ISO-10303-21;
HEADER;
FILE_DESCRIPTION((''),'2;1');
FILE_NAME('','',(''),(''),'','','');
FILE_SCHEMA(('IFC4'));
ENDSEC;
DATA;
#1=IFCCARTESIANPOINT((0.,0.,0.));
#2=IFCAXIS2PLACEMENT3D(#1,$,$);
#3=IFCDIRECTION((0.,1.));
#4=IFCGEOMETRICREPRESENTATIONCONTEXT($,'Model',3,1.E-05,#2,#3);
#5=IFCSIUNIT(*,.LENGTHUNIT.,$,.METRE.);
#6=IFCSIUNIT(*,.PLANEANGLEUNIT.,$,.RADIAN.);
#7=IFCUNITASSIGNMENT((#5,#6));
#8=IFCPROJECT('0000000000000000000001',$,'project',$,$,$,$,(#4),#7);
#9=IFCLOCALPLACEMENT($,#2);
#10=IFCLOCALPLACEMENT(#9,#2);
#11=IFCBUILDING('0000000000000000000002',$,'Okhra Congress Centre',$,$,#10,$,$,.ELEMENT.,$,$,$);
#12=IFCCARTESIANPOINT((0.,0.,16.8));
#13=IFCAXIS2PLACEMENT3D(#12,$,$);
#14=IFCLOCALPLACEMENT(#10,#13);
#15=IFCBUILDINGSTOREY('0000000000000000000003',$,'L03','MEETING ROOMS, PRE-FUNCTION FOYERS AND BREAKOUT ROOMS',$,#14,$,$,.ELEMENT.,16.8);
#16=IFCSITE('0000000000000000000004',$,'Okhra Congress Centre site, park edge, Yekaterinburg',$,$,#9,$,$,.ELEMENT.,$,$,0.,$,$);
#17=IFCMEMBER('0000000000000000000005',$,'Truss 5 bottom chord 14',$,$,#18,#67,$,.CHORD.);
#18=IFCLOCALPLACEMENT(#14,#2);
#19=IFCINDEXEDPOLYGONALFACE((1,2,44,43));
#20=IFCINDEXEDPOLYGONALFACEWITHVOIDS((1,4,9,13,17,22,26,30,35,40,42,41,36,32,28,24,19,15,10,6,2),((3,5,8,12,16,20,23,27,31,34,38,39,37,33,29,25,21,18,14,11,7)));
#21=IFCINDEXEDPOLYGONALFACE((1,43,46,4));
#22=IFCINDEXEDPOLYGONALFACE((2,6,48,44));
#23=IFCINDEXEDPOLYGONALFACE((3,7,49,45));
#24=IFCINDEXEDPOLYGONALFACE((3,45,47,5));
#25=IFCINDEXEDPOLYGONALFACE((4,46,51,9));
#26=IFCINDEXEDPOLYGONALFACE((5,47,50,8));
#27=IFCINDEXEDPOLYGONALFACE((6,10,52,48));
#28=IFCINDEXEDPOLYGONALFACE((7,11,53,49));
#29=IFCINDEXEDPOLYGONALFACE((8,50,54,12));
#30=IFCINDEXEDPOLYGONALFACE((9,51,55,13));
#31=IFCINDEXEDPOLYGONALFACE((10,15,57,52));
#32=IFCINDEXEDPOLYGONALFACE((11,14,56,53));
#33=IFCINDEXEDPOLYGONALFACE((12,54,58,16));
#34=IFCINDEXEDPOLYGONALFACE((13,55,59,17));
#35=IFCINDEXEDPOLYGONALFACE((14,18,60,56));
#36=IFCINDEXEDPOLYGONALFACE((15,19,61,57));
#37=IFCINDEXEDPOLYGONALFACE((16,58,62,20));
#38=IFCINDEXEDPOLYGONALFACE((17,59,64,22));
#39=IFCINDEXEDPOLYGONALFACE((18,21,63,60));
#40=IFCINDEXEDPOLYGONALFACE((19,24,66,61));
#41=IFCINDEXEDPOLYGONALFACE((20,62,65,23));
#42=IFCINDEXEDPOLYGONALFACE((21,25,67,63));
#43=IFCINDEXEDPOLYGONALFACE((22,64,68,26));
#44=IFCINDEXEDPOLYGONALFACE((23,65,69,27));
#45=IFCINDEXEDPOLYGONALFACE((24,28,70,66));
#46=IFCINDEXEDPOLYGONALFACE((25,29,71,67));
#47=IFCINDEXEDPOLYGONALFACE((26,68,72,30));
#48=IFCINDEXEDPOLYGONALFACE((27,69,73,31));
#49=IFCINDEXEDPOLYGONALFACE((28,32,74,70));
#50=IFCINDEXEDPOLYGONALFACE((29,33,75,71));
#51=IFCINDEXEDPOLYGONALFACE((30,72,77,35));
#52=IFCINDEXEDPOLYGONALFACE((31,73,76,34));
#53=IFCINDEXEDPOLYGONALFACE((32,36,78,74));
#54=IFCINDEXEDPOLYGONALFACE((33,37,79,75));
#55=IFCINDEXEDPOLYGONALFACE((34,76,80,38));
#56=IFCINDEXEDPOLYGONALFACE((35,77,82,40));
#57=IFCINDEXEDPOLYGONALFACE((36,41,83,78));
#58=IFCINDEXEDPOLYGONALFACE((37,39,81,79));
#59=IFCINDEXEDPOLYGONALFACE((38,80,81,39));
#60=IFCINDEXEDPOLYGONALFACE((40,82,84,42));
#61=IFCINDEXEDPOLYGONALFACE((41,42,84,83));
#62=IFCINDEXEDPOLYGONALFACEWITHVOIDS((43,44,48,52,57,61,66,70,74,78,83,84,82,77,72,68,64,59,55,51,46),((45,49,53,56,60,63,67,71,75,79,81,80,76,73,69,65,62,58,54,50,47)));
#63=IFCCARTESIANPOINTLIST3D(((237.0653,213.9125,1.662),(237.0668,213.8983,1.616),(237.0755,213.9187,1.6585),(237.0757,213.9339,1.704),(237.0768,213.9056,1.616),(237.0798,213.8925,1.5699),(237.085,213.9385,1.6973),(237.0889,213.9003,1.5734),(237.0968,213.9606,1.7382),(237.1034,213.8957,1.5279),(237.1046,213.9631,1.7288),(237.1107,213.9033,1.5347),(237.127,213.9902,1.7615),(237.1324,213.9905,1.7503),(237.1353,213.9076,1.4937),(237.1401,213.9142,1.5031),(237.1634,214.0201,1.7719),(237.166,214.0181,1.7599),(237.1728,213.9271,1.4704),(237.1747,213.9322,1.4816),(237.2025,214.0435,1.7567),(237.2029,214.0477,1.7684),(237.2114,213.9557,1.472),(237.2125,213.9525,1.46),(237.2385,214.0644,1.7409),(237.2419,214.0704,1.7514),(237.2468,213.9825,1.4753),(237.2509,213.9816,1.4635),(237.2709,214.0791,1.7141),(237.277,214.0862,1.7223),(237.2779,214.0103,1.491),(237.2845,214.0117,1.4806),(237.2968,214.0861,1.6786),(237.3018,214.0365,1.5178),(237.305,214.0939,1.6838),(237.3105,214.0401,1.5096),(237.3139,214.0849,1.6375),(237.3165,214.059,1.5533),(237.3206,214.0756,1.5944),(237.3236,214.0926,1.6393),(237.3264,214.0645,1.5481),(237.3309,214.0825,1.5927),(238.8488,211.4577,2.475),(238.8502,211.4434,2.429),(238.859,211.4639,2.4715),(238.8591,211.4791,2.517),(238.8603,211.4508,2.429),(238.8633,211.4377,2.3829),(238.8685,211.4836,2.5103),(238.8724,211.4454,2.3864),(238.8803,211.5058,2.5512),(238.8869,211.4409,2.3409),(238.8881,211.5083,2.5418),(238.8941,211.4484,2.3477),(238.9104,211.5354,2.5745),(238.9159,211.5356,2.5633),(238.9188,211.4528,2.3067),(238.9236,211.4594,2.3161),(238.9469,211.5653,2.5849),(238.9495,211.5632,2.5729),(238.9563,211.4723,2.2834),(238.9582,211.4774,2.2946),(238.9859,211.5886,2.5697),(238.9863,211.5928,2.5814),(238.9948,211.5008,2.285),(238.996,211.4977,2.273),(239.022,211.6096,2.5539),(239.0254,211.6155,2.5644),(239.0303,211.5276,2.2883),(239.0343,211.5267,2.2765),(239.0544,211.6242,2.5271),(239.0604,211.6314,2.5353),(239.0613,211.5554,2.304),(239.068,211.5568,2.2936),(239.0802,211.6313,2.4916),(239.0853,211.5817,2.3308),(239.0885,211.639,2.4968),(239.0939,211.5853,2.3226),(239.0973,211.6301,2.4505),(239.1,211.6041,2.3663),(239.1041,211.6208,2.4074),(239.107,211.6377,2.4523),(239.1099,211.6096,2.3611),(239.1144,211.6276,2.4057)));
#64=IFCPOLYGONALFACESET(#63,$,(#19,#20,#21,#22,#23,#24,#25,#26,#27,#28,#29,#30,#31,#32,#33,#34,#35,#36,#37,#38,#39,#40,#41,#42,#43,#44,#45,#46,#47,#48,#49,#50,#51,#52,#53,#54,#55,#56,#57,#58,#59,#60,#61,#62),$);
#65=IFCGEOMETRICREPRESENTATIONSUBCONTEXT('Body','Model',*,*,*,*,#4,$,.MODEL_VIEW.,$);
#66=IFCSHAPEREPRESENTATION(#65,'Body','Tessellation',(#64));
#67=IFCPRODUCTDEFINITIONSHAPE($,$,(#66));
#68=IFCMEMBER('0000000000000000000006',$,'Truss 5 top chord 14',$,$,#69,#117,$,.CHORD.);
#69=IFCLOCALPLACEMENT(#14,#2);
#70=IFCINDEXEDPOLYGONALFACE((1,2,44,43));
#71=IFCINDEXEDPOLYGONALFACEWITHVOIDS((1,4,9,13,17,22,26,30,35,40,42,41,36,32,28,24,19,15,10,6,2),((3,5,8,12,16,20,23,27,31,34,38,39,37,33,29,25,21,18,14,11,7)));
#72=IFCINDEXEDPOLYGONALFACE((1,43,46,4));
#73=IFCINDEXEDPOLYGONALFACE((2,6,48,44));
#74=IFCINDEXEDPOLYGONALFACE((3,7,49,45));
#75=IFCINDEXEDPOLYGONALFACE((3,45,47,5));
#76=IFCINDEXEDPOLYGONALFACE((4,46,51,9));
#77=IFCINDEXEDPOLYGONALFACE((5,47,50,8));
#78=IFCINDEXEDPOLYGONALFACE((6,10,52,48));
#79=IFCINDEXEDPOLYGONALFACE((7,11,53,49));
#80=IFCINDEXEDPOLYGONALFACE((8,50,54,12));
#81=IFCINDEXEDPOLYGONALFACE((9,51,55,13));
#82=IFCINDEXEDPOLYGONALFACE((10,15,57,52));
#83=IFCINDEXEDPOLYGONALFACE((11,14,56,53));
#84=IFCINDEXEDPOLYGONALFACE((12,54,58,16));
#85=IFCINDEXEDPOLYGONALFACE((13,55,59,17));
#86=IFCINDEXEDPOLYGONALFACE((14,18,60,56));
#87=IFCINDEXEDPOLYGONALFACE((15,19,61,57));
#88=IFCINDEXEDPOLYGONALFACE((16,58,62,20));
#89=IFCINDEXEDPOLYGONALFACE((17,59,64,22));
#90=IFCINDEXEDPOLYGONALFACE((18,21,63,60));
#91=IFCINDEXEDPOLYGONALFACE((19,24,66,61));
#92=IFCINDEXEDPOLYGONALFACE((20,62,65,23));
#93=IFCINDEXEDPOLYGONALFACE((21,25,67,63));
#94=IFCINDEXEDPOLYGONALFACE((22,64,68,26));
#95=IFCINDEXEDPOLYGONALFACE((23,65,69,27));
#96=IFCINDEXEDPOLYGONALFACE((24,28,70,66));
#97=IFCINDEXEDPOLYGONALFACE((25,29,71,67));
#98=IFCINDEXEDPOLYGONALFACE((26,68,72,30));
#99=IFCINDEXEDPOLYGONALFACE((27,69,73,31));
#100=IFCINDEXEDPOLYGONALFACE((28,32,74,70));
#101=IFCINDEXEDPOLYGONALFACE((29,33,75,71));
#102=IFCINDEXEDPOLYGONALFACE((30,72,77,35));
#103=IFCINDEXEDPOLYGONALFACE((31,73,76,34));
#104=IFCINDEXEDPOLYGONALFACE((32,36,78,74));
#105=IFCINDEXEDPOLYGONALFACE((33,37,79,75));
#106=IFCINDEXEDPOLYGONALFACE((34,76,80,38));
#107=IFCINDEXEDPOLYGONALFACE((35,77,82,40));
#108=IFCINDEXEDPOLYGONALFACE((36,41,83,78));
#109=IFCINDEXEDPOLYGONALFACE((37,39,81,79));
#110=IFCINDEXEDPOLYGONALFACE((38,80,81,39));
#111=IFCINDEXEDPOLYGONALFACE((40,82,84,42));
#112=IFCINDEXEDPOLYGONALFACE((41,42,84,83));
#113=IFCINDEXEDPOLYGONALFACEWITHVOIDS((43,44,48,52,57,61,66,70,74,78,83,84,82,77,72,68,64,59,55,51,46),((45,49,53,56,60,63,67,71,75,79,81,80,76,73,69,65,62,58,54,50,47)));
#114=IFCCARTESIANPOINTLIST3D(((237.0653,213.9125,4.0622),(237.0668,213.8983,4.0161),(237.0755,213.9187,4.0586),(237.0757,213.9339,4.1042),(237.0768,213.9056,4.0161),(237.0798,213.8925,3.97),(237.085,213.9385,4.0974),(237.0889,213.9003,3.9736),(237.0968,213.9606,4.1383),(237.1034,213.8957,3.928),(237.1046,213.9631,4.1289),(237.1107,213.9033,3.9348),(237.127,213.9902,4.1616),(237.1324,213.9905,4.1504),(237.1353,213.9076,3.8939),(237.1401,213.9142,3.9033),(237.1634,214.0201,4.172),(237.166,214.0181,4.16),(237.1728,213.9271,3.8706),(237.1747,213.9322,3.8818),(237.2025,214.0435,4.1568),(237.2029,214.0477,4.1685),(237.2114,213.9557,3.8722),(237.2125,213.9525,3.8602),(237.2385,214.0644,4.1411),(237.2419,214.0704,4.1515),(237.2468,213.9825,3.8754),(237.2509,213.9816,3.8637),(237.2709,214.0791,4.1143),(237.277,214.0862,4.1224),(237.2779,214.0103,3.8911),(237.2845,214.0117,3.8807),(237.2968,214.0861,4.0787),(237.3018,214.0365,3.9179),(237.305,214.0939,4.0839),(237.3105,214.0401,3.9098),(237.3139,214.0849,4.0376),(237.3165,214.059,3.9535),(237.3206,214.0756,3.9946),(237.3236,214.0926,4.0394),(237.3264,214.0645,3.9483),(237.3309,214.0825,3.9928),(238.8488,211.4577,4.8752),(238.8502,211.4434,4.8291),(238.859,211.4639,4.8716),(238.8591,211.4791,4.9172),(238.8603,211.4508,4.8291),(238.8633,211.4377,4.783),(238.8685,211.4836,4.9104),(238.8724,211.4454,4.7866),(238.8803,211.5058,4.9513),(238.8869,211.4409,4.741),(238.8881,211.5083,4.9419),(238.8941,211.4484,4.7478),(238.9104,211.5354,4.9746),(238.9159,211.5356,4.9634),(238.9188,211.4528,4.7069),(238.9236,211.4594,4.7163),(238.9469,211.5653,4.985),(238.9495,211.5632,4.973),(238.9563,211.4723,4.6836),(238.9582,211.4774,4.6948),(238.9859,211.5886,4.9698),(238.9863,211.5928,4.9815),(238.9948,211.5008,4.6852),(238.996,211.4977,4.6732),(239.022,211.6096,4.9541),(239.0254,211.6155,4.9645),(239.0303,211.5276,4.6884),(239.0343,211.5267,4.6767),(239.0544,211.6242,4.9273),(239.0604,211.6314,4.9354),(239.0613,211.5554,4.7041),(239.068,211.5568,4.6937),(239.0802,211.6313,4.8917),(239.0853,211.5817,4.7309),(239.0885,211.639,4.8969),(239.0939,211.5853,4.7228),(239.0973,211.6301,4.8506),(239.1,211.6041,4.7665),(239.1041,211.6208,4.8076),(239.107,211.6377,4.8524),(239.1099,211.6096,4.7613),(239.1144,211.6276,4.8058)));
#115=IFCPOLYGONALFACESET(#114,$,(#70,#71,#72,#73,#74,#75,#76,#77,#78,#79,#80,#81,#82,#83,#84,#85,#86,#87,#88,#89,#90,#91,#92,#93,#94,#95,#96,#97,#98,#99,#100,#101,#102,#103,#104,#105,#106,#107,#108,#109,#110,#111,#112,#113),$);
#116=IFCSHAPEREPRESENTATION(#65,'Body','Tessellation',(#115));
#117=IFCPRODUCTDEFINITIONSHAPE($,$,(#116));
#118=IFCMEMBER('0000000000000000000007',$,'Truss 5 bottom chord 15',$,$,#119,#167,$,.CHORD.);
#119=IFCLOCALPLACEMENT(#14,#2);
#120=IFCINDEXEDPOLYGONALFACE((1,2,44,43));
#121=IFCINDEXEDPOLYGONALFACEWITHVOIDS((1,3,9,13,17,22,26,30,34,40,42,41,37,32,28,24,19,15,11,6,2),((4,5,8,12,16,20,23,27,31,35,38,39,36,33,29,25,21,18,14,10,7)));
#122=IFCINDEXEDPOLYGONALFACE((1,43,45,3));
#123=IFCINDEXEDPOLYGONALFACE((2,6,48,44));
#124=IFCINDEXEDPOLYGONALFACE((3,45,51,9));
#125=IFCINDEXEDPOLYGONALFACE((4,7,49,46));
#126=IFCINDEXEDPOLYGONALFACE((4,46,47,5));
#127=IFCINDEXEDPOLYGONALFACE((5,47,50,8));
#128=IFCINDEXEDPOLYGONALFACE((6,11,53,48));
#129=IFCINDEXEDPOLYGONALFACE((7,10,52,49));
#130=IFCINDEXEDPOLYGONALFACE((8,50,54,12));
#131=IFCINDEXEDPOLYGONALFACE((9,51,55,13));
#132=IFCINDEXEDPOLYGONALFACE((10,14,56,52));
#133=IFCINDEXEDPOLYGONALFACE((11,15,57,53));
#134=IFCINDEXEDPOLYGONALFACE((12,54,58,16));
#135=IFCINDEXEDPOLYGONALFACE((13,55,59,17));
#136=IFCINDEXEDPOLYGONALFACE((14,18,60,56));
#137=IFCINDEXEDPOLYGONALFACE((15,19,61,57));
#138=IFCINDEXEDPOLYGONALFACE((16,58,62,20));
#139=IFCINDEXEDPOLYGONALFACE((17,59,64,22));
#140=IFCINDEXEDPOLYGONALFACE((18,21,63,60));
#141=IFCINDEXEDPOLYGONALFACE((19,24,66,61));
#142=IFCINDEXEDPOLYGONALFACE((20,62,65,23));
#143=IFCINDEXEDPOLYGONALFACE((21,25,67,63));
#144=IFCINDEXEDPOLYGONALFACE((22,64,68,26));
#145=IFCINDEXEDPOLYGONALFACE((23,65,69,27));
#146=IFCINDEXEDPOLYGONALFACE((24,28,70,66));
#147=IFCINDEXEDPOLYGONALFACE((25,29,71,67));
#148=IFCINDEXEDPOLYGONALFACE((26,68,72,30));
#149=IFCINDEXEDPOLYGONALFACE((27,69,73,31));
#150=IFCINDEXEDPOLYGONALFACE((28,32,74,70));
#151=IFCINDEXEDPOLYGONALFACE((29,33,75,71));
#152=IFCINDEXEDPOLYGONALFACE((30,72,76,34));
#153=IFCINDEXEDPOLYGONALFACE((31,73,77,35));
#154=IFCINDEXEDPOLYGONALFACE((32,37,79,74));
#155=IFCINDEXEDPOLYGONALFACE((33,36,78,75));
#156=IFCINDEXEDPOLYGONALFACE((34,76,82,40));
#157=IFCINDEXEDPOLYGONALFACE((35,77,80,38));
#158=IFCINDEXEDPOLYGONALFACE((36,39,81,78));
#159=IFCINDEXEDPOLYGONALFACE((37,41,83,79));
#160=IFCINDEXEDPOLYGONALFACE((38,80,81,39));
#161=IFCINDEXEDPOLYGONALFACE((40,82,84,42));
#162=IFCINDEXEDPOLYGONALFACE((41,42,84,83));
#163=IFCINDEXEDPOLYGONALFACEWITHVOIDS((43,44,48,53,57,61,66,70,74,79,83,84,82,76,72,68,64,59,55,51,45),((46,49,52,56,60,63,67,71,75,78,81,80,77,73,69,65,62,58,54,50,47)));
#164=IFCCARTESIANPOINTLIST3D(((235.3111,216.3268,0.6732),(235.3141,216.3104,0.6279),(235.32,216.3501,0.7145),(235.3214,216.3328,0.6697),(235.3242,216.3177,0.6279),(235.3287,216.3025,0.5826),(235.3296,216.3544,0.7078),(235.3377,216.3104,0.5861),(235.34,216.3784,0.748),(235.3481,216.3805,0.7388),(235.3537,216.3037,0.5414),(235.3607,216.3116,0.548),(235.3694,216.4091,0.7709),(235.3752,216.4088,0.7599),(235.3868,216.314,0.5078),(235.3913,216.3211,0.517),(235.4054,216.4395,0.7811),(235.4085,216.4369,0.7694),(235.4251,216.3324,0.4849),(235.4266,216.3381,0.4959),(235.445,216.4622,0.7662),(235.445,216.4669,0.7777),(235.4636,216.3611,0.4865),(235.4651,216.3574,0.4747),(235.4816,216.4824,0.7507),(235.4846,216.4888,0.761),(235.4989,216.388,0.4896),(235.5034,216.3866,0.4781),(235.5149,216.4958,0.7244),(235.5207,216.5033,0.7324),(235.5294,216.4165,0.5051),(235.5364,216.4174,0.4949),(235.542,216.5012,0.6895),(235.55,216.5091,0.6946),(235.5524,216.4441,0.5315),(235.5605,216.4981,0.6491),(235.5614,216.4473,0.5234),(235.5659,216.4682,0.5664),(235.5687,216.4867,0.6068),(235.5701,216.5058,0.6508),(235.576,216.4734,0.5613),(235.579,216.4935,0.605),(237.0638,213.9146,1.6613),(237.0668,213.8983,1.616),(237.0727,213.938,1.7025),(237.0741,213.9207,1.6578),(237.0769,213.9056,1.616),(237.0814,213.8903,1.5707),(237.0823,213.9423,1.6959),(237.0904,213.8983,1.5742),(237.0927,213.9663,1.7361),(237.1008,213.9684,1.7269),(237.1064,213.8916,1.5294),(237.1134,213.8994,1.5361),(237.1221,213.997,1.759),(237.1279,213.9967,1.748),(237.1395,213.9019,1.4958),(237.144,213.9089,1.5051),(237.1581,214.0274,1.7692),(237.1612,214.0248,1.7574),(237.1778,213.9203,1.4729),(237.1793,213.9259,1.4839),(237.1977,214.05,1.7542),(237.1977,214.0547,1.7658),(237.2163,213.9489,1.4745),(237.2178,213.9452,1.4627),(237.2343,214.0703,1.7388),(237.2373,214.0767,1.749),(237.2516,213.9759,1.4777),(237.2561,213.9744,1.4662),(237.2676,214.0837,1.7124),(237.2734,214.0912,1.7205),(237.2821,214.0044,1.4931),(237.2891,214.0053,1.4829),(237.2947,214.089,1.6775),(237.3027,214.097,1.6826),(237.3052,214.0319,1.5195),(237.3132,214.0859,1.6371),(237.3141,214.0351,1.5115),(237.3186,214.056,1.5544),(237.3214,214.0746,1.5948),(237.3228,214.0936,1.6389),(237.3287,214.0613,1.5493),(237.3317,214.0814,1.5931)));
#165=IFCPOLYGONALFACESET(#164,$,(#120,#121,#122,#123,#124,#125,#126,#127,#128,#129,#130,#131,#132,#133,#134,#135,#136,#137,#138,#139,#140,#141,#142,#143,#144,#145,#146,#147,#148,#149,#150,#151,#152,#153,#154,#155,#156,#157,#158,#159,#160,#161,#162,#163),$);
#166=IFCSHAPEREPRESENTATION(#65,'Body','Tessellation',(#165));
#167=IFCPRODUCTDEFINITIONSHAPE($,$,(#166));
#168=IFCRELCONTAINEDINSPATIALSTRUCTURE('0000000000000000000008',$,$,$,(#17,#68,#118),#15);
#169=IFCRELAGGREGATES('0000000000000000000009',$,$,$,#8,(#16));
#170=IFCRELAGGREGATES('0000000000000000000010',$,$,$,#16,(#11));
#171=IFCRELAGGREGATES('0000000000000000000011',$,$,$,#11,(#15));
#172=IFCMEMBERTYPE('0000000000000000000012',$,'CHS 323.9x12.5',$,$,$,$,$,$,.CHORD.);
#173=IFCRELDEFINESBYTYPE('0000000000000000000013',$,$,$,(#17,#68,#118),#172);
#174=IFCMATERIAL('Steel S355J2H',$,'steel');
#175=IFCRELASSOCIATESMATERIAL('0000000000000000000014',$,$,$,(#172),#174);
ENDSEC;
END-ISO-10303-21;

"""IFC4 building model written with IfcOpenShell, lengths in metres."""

from ifc_helpers import new_model, si_unit, direction, frame, origin, origin_2d, place, context, subcontext, project, spatial, hollow_circle, extrude, material, material_profile, profile_set, type_object, element, save


model = new_model("IFC4")

# Units and contexts
model_context = context("Model", 3, precision=1e-05, world=origin(), true_north=direction((0.0, 1.0)))
body_context = subcontext(model_context, "Body", "Model", "MODEL_VIEW")
ifc_project = project(units=[si_unit("LENGTHUNIT", "METRE"), si_unit("PLANEANGLEUNIT", "RADIAN")], contexts=[model_context])

# Site, building, storey
site_placement = place(None, origin())
site = spatial("IfcSite", under=ifc_project, at=site_placement, Name="Okhra Congress Centre site, park edge, Yekaterinburg", CompositionType="ELEMENT", RefElevation=0.0)
building_placement = place(site_placement, origin())
building = spatial("IfcBuilding", under=site, at=building_placement, Name="Okhra Congress Centre", CompositionType="ELEMENT")
storey_placement = place(building_placement, frame((0.0, 0.0, 16.8)))
storey = spatial("IfcBuildingStorey", under=building, at=storey_placement, Name="L03", Description="MEETING ROOMS, PRE-FUNCTION FOYERS AND BREAKOUT ROOMS", CompositionType="ELEMENT", Elevation=16.8)

# Members
ifc_material_1 = material(Name="Steel S355J2H", Category="steel")
ifc_material_profile_1 = material_profile(ifc_material_1, hollow_circle(Radius=0.1619, WallThickness=0.0125, at=origin_2d()), Name="CHS 323.9x12.5")
ifc_profile_set_1 = profile_set([ifc_material_profile_1], Name="Steel S355J2H")
member_type_1 = type_object("IfcMemberType", Name="CHS 323.9x12.5", PredefinedType="CHORD", material=ifc_profile_set_1)
for number, where, z_axis, x_axis, name in (
    (1, (238.9812, 211.5386, 2.429), (-0.56774, 0.781468, -0.258805), (-0.809032, -0.587765, 0.0), "Truss 5 bottom chord 14"),
    (2, (238.9812, 211.5386, 4.8291), (-0.56774, 0.781468, -0.258805), (-0.809032, -0.587765, 0.0), "Truss 5 top chord 14"),
):
    element("IfcMember", number, at=place(storey_placement, frame(where, z_axis=z_axis, x_axis=x_axis)), inside=storey, type_object=member_type_1, Name=name, PredefinedType="CHORD", context=body_context, shape_type="SweptSolid", body=[
        extrude(hollow_circle(Radius=0.1619, WallThickness=0.0125, at=origin_2d()), origin(), (0.0, 0.0, 1.0), 3.1414),
    ])
for number, where, z_axis, x_axis, name in (
    (3, (237.1978, 213.9934, 1.616), (-0.557988, 0.767923, -0.314553), (-0.808987, -0.587826, 0.0), "Truss 5 bottom chord 15"),
):
    element("IfcMember", number, at=place(storey_placement, frame(where, z_axis=z_axis, x_axis=x_axis)), inside=storey, type_object=member_type_1, Name=name, PredefinedType="CHORD", context=body_context, shape_type="SweptSolid", body=[
        extrude(hollow_circle(Radius=0.1619, WallThickness=0.0125, at=origin_2d()), origin(), (0.0, 0.0, 1.0), 3.1411),
    ])

save(model, "model.ifc")
